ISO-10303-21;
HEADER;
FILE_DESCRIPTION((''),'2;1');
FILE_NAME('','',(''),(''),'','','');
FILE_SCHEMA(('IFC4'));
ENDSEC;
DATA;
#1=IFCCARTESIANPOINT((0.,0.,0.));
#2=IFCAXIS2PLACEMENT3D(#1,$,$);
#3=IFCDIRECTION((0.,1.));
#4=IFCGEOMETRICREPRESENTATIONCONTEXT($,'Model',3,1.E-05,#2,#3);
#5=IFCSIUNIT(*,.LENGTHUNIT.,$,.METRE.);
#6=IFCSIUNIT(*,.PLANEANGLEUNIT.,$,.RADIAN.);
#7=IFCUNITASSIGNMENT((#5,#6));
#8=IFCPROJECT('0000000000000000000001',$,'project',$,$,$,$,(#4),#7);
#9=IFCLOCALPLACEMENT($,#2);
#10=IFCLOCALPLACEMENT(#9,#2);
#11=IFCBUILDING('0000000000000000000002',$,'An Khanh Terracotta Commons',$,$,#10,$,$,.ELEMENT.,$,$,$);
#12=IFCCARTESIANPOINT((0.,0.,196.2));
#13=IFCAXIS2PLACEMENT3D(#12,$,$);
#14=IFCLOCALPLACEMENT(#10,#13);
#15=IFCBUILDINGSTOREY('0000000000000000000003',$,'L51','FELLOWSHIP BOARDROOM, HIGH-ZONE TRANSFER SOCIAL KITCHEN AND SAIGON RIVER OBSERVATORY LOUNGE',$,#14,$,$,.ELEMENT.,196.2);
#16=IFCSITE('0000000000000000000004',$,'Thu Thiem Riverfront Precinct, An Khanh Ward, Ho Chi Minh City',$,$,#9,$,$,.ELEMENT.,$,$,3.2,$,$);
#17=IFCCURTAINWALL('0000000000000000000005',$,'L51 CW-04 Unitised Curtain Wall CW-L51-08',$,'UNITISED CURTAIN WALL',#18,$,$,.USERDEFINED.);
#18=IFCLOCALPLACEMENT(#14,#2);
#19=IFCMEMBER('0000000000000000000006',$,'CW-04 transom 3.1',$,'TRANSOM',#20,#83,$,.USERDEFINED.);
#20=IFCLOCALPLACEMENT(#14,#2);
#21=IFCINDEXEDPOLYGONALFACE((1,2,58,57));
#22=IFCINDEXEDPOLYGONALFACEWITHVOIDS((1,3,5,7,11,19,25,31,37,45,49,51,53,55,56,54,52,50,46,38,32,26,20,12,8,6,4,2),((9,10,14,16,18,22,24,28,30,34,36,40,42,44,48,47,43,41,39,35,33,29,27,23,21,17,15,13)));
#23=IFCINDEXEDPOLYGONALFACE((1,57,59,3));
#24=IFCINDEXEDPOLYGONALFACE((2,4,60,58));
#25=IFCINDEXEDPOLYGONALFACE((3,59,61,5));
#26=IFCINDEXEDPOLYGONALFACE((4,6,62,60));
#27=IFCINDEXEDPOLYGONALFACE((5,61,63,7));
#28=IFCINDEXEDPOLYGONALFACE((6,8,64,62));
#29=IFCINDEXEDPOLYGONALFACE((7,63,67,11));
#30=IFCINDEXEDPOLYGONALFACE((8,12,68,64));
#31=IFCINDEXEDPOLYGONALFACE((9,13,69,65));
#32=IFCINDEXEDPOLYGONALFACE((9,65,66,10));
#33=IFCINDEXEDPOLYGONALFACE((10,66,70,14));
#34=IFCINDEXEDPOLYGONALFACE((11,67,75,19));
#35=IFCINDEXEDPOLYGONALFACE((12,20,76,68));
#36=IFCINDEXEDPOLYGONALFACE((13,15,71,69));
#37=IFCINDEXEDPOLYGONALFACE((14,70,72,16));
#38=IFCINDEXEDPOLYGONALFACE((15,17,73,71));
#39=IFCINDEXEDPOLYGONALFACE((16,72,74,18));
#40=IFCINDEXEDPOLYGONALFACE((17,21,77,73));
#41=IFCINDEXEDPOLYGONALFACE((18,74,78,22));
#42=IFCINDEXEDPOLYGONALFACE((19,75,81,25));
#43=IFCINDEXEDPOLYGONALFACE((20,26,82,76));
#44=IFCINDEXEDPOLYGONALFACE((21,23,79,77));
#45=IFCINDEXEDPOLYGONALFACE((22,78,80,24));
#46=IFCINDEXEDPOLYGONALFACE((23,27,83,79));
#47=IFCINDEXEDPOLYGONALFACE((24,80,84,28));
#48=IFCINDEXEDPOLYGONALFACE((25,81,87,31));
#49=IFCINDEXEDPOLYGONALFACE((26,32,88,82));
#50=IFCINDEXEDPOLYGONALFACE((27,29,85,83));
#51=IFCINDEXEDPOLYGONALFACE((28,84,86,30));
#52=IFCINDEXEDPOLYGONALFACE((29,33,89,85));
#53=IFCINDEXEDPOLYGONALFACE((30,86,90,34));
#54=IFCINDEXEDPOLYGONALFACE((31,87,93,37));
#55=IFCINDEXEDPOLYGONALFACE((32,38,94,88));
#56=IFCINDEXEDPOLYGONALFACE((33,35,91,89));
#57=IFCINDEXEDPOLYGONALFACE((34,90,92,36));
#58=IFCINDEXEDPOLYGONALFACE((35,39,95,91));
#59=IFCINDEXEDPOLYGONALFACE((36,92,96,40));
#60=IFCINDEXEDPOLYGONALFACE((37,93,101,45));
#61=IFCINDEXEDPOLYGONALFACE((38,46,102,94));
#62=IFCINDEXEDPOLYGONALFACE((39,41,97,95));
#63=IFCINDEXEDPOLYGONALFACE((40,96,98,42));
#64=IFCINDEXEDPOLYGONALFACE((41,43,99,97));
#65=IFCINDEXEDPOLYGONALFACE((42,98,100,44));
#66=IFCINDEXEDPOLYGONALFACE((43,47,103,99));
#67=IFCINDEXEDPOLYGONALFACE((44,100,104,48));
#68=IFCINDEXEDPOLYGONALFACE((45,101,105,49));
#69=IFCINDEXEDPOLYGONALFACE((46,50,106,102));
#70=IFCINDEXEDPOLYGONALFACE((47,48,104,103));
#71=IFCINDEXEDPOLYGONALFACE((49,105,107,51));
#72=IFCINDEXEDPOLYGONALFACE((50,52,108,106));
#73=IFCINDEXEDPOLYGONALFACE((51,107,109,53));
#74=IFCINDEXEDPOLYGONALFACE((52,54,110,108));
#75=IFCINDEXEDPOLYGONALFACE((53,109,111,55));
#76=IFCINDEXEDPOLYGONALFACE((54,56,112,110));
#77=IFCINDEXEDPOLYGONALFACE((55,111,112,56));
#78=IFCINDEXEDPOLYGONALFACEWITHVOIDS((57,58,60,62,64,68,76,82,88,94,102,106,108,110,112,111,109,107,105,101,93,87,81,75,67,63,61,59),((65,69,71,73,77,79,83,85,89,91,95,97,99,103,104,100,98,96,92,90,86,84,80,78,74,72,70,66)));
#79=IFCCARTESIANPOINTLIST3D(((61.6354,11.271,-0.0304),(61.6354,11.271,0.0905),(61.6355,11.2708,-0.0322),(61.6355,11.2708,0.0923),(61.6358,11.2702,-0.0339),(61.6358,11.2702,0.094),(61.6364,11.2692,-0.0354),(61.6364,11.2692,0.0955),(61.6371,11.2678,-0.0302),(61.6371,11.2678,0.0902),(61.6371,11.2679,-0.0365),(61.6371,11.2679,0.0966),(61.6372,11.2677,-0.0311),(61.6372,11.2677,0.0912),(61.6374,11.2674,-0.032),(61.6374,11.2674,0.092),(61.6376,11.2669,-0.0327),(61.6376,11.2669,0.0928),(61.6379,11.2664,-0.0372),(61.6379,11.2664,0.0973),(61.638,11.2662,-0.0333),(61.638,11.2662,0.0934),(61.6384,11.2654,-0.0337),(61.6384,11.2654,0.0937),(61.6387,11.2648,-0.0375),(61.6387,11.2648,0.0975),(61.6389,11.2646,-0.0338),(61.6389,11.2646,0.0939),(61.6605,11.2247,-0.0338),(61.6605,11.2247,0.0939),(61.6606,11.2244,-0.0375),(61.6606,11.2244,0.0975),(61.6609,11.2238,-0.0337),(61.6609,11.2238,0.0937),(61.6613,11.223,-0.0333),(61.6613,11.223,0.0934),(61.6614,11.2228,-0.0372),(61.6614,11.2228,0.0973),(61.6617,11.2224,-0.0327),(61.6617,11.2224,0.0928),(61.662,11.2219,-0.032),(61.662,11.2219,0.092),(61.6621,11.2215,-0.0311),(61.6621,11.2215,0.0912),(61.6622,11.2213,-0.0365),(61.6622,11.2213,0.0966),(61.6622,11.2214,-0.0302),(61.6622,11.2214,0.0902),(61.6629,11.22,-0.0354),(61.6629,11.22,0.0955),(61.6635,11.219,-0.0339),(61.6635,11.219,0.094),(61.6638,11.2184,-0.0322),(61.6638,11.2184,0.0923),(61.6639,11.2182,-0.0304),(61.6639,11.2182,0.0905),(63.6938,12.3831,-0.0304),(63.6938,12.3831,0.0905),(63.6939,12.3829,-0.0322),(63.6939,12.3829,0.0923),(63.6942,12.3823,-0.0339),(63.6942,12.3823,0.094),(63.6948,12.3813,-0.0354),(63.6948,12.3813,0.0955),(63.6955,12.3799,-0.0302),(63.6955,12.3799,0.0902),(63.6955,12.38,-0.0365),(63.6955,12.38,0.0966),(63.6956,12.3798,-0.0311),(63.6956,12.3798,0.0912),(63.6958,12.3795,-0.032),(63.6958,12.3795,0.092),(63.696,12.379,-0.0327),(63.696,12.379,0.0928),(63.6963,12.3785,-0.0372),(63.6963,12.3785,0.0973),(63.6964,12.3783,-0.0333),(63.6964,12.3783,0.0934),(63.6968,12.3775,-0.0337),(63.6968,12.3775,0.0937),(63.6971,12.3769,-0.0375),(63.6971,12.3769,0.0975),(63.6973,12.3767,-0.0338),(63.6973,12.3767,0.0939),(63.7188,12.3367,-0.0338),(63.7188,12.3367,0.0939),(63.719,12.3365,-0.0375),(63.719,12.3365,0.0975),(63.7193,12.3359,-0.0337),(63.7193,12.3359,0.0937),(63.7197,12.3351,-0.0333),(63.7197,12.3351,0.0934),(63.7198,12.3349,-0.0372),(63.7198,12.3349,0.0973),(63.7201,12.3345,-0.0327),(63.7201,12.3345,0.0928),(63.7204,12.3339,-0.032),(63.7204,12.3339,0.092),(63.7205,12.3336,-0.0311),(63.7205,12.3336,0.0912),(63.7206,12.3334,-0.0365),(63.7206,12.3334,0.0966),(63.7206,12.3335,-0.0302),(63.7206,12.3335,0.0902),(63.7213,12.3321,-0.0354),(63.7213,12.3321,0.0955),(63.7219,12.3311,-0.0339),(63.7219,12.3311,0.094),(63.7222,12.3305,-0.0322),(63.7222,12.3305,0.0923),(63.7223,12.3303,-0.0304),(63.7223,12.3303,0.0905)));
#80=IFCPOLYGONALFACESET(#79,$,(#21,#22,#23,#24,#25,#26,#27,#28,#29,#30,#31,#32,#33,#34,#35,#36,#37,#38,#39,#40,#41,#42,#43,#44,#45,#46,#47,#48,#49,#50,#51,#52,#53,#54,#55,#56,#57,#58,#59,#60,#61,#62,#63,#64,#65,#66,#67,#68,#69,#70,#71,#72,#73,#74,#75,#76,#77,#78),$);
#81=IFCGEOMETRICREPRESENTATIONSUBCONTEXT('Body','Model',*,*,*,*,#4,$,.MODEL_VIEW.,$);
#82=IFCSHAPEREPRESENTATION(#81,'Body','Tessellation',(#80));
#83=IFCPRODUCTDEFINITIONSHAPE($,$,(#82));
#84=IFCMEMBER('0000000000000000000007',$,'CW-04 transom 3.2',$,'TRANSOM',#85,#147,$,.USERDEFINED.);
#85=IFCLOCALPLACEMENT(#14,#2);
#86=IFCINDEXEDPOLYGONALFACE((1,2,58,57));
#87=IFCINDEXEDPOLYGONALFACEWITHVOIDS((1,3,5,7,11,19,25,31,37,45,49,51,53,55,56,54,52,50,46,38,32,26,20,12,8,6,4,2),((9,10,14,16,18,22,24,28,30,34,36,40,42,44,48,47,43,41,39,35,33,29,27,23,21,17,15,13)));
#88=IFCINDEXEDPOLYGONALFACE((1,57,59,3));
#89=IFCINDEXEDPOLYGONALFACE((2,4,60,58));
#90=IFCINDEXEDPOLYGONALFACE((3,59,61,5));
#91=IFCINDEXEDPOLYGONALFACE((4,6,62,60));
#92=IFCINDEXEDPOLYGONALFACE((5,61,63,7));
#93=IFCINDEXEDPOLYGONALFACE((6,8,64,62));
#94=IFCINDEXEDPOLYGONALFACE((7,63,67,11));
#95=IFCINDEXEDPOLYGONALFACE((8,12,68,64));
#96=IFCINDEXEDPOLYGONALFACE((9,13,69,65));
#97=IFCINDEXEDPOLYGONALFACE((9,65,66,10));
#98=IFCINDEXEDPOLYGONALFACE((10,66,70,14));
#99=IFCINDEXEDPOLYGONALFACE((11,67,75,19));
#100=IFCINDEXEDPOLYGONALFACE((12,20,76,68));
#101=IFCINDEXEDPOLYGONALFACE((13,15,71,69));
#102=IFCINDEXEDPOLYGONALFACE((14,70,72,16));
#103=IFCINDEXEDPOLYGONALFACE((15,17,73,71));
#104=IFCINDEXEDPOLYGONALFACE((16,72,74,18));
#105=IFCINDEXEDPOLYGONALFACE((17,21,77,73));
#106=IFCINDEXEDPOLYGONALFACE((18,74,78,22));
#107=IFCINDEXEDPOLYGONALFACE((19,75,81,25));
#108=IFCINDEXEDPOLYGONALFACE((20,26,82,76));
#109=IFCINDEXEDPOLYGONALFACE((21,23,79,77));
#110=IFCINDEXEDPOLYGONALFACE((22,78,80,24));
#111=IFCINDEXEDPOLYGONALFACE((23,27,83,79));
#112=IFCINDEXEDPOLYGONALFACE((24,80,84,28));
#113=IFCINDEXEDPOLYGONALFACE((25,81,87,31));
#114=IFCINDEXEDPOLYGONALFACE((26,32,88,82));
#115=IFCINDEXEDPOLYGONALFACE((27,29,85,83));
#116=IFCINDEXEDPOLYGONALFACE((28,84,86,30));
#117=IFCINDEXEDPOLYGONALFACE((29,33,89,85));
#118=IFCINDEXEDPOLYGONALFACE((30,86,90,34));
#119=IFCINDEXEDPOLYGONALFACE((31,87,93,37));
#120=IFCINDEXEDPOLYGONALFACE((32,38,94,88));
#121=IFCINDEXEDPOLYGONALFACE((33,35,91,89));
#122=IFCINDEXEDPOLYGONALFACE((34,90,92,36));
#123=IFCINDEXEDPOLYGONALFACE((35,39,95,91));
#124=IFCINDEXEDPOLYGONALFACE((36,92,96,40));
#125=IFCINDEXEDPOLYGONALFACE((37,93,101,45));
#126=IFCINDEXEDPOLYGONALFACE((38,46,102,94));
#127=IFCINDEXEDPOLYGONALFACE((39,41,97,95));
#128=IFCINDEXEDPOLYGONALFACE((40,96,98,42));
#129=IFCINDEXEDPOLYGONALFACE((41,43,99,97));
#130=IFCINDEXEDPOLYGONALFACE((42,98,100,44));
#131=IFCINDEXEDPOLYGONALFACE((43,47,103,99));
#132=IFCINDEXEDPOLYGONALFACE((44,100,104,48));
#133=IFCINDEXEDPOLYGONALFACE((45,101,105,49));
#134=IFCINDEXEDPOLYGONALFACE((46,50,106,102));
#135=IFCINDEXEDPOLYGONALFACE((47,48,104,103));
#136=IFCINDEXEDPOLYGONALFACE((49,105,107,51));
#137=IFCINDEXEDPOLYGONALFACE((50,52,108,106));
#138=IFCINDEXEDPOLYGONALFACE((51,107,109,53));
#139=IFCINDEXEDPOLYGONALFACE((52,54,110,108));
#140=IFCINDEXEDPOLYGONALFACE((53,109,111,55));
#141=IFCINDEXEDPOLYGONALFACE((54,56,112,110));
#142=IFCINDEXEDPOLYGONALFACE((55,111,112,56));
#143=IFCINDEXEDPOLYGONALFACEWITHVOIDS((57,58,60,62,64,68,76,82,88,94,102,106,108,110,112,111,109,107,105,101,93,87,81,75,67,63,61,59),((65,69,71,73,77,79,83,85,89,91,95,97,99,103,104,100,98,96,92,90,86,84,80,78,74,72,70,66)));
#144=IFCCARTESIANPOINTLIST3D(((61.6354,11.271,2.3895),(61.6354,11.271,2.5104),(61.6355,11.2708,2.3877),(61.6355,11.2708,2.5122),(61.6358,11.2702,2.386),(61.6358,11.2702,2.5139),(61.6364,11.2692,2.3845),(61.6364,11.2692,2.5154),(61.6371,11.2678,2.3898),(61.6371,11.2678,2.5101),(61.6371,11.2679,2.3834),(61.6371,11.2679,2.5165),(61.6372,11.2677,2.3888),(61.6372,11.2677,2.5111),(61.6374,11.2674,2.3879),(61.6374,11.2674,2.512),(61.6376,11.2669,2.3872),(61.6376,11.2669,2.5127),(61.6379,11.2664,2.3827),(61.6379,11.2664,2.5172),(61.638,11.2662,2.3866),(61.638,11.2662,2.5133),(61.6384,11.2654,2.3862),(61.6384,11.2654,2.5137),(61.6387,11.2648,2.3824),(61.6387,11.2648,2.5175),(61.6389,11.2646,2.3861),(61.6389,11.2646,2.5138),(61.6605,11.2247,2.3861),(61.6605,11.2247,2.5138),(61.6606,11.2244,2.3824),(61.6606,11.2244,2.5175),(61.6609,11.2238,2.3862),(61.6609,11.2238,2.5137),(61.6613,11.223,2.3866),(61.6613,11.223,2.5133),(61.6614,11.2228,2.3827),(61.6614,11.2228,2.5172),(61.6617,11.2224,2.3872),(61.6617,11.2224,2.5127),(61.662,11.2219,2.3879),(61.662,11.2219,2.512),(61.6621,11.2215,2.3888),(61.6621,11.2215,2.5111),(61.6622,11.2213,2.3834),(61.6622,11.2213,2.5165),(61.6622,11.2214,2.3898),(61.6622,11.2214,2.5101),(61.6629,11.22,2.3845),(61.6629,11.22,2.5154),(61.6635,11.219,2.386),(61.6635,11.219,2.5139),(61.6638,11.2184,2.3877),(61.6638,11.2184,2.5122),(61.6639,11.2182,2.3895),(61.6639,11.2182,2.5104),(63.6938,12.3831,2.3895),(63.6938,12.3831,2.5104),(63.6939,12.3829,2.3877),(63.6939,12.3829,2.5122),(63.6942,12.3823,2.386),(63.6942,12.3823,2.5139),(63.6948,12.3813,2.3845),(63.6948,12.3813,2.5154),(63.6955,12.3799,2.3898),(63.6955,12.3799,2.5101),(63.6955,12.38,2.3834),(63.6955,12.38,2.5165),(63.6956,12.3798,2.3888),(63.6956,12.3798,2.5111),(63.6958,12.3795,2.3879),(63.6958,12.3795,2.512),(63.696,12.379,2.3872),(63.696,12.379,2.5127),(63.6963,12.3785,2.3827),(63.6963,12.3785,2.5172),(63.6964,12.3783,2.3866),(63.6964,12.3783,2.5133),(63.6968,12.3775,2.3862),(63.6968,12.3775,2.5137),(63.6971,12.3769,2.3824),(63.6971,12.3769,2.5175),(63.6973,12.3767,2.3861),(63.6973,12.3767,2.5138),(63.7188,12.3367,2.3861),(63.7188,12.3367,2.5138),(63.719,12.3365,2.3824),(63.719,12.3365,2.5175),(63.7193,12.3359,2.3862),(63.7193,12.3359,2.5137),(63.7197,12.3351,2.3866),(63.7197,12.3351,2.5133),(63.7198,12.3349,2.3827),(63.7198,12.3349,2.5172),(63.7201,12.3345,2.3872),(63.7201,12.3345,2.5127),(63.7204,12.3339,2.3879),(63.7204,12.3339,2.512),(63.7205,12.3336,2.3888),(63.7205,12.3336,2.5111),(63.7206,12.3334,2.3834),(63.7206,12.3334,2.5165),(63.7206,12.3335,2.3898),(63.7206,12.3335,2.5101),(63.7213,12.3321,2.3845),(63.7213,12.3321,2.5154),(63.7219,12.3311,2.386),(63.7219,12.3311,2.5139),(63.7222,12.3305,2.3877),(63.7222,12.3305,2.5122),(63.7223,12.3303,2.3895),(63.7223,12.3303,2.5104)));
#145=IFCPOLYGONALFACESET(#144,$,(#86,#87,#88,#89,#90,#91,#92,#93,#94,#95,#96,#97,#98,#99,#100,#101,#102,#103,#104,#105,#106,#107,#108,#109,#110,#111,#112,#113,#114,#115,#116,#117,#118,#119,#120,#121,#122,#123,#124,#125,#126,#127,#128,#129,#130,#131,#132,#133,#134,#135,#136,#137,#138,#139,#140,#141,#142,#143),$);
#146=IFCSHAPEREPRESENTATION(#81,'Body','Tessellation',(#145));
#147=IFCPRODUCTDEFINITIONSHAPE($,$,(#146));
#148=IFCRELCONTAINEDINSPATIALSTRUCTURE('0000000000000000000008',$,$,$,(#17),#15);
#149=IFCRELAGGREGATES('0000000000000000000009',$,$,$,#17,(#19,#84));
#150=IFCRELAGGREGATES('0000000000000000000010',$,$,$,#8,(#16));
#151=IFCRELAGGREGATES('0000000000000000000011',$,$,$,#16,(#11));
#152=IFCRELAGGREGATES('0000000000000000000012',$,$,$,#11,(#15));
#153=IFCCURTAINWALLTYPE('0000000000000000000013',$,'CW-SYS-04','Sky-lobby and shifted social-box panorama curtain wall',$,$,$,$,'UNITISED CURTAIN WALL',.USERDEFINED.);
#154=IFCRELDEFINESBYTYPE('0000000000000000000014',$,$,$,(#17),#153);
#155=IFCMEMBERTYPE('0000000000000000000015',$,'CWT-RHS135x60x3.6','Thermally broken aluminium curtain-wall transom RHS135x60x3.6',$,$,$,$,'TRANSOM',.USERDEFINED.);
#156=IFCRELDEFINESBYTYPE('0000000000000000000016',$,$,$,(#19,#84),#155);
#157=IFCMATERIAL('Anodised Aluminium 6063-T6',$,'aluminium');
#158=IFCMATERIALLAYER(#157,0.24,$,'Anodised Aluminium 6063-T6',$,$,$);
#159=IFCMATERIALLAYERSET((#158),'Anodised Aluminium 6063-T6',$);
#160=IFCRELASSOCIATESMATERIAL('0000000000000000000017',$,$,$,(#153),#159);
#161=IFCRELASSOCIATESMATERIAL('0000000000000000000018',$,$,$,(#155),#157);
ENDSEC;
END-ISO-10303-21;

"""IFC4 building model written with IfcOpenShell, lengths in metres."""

from ifc_helpers import new_model, si_unit, direction, frame, origin, origin_2d, place, context, subcontext, project, spatial, hollow_rectangle, extrude, material, layer, layer_set, material_profile, profile_set, type_object, element, aggregate, save


model = new_model("IFC4")

# Units and contexts
model_context = context("Model", 3, precision=1e-05, world=origin(), true_north=direction((0.0, 1.0)))
body_context = subcontext(model_context, "Body", "Model", "MODEL_VIEW")
ifc_project = project(units=[si_unit("LENGTHUNIT", "METRE"), si_unit("PLANEANGLEUNIT", "RADIAN")], contexts=[model_context])

# Site, building, storey
site_placement = place(None, origin())
site = spatial("IfcSite", under=ifc_project, at=site_placement, Name="Thu Thiem Riverfront Precinct, An Khanh Ward, Ho Chi Minh City", CompositionType="ELEMENT", RefElevation=3.2)
building_placement = place(site_placement, origin())
building = spatial("IfcBuilding", under=site, at=building_placement, Name="An Khanh Terracotta Commons", CompositionType="ELEMENT")
storey_placement = place(building_placement, frame((0.0, 0.0, 196.2)))
storey = spatial("IfcBuildingStorey", under=building, at=storey_placement, Name="L51", Description="FELLOWSHIP BOARDROOM, HIGH-ZONE TRANSFER SOCIAL KITCHEN AND SAIGON RIVER OBSERVATORY LOUNGE", CompositionType="ELEMENT", Elevation=196.2)

# Curtain wall, members
ifc_material_1 = material(Name="Anodised Aluminium 6063-T6", Category="aluminium")
ifc_layer_1 = layer(ifc_material_1, 0.24, Name="Anodised Aluminium 6063-T6")
ifc_layer_set_1 = layer_set([ifc_layer_1], Name="Anodised Aluminium 6063-T6")
curtain_wall_type = type_object("IfcCurtainWallType", Name="CW-SYS-04", Description="Sky-lobby and shifted social-box panorama curtain wall", ElementType="UNITISED CURTAIN WALL", PredefinedType="USERDEFINED", material=ifc_layer_set_1)
curtain_wall_placement = place(storey_placement, origin())
curtain_wall = element("IfcCurtainWall", 1, at=curtain_wall_placement, inside=storey, type_object=curtain_wall_type, Name="L51 CW-04 Unitised Curtain Wall CW-L51-08", ObjectType="UNITISED CURTAIN WALL", PredefinedType="USERDEFINED")
ifc_material_profile_1 = material_profile(ifc_material_1, hollow_rectangle(XDim=0.0601, YDim=0.135, WallThickness=0.0037, InnerFilletRadius=0.0037, OuterFilletRadius=0.0071, at=origin_2d()), Name="RHS135x60x3.6")
ifc_profile_set_1 = profile_set([ifc_material_profile_1], Name="Anodised Aluminium 6063-T6")
member_type_1 = type_object("IfcMemberType", Name="CWT-RHS135x60x3.6", Description="Thermally broken aluminium curtain-wall transom RHS135x60x3.6", ElementType="TRANSOM", PredefinedType="USERDEFINED", material=ifc_profile_set_1)
member_1_placement = place(storey_placement, frame((61.6497, 11.2446, 0.03), z_axis=(0.879807, 0.475331, 0.0), x_axis=(-0.475331, 0.879807, 0.0)))
member_1 = element("IfcMember", 2, at=member_1_placement, type_object=member_type_1, Name="CW-04 transom 3.1", ObjectType="TRANSOM", PredefinedType="USERDEFINED", context=body_context, shape_type="SweptSolid", body=[
    extrude(hollow_rectangle(XDim=0.0601, YDim=0.135, WallThickness=0.0037, InnerFilletRadius=0.0037, OuterFilletRadius=0.0071, at=origin_2d()), origin(), (0.0, 0.0, 1.0), 2.3396),
])
member_2_placement = place(storey_placement, frame((61.6497, 11.2446, 2.45), z_axis=(0.879807, 0.475331, 0.0), x_axis=(-0.475331, 0.879807, 0.0)))
member_2 = element("IfcMember", 3, at=member_2_placement, type_object=member_type_1, Name="CW-04 transom 3.2", ObjectType="TRANSOM", PredefinedType="USERDEFINED", context=body_context, shape_type="SweptSolid", body=[
    extrude(hollow_rectangle(XDim=0.0601, YDim=0.135, WallThickness=0.0037, InnerFilletRadius=0.0037, OuterFilletRadius=0.0071, at=origin_2d()), origin(), (0.0, 0.0, 1.0), 2.3396),
])
aggregate(curtain_wall, [member_1, member_2])

save(model, "model.ifc")
